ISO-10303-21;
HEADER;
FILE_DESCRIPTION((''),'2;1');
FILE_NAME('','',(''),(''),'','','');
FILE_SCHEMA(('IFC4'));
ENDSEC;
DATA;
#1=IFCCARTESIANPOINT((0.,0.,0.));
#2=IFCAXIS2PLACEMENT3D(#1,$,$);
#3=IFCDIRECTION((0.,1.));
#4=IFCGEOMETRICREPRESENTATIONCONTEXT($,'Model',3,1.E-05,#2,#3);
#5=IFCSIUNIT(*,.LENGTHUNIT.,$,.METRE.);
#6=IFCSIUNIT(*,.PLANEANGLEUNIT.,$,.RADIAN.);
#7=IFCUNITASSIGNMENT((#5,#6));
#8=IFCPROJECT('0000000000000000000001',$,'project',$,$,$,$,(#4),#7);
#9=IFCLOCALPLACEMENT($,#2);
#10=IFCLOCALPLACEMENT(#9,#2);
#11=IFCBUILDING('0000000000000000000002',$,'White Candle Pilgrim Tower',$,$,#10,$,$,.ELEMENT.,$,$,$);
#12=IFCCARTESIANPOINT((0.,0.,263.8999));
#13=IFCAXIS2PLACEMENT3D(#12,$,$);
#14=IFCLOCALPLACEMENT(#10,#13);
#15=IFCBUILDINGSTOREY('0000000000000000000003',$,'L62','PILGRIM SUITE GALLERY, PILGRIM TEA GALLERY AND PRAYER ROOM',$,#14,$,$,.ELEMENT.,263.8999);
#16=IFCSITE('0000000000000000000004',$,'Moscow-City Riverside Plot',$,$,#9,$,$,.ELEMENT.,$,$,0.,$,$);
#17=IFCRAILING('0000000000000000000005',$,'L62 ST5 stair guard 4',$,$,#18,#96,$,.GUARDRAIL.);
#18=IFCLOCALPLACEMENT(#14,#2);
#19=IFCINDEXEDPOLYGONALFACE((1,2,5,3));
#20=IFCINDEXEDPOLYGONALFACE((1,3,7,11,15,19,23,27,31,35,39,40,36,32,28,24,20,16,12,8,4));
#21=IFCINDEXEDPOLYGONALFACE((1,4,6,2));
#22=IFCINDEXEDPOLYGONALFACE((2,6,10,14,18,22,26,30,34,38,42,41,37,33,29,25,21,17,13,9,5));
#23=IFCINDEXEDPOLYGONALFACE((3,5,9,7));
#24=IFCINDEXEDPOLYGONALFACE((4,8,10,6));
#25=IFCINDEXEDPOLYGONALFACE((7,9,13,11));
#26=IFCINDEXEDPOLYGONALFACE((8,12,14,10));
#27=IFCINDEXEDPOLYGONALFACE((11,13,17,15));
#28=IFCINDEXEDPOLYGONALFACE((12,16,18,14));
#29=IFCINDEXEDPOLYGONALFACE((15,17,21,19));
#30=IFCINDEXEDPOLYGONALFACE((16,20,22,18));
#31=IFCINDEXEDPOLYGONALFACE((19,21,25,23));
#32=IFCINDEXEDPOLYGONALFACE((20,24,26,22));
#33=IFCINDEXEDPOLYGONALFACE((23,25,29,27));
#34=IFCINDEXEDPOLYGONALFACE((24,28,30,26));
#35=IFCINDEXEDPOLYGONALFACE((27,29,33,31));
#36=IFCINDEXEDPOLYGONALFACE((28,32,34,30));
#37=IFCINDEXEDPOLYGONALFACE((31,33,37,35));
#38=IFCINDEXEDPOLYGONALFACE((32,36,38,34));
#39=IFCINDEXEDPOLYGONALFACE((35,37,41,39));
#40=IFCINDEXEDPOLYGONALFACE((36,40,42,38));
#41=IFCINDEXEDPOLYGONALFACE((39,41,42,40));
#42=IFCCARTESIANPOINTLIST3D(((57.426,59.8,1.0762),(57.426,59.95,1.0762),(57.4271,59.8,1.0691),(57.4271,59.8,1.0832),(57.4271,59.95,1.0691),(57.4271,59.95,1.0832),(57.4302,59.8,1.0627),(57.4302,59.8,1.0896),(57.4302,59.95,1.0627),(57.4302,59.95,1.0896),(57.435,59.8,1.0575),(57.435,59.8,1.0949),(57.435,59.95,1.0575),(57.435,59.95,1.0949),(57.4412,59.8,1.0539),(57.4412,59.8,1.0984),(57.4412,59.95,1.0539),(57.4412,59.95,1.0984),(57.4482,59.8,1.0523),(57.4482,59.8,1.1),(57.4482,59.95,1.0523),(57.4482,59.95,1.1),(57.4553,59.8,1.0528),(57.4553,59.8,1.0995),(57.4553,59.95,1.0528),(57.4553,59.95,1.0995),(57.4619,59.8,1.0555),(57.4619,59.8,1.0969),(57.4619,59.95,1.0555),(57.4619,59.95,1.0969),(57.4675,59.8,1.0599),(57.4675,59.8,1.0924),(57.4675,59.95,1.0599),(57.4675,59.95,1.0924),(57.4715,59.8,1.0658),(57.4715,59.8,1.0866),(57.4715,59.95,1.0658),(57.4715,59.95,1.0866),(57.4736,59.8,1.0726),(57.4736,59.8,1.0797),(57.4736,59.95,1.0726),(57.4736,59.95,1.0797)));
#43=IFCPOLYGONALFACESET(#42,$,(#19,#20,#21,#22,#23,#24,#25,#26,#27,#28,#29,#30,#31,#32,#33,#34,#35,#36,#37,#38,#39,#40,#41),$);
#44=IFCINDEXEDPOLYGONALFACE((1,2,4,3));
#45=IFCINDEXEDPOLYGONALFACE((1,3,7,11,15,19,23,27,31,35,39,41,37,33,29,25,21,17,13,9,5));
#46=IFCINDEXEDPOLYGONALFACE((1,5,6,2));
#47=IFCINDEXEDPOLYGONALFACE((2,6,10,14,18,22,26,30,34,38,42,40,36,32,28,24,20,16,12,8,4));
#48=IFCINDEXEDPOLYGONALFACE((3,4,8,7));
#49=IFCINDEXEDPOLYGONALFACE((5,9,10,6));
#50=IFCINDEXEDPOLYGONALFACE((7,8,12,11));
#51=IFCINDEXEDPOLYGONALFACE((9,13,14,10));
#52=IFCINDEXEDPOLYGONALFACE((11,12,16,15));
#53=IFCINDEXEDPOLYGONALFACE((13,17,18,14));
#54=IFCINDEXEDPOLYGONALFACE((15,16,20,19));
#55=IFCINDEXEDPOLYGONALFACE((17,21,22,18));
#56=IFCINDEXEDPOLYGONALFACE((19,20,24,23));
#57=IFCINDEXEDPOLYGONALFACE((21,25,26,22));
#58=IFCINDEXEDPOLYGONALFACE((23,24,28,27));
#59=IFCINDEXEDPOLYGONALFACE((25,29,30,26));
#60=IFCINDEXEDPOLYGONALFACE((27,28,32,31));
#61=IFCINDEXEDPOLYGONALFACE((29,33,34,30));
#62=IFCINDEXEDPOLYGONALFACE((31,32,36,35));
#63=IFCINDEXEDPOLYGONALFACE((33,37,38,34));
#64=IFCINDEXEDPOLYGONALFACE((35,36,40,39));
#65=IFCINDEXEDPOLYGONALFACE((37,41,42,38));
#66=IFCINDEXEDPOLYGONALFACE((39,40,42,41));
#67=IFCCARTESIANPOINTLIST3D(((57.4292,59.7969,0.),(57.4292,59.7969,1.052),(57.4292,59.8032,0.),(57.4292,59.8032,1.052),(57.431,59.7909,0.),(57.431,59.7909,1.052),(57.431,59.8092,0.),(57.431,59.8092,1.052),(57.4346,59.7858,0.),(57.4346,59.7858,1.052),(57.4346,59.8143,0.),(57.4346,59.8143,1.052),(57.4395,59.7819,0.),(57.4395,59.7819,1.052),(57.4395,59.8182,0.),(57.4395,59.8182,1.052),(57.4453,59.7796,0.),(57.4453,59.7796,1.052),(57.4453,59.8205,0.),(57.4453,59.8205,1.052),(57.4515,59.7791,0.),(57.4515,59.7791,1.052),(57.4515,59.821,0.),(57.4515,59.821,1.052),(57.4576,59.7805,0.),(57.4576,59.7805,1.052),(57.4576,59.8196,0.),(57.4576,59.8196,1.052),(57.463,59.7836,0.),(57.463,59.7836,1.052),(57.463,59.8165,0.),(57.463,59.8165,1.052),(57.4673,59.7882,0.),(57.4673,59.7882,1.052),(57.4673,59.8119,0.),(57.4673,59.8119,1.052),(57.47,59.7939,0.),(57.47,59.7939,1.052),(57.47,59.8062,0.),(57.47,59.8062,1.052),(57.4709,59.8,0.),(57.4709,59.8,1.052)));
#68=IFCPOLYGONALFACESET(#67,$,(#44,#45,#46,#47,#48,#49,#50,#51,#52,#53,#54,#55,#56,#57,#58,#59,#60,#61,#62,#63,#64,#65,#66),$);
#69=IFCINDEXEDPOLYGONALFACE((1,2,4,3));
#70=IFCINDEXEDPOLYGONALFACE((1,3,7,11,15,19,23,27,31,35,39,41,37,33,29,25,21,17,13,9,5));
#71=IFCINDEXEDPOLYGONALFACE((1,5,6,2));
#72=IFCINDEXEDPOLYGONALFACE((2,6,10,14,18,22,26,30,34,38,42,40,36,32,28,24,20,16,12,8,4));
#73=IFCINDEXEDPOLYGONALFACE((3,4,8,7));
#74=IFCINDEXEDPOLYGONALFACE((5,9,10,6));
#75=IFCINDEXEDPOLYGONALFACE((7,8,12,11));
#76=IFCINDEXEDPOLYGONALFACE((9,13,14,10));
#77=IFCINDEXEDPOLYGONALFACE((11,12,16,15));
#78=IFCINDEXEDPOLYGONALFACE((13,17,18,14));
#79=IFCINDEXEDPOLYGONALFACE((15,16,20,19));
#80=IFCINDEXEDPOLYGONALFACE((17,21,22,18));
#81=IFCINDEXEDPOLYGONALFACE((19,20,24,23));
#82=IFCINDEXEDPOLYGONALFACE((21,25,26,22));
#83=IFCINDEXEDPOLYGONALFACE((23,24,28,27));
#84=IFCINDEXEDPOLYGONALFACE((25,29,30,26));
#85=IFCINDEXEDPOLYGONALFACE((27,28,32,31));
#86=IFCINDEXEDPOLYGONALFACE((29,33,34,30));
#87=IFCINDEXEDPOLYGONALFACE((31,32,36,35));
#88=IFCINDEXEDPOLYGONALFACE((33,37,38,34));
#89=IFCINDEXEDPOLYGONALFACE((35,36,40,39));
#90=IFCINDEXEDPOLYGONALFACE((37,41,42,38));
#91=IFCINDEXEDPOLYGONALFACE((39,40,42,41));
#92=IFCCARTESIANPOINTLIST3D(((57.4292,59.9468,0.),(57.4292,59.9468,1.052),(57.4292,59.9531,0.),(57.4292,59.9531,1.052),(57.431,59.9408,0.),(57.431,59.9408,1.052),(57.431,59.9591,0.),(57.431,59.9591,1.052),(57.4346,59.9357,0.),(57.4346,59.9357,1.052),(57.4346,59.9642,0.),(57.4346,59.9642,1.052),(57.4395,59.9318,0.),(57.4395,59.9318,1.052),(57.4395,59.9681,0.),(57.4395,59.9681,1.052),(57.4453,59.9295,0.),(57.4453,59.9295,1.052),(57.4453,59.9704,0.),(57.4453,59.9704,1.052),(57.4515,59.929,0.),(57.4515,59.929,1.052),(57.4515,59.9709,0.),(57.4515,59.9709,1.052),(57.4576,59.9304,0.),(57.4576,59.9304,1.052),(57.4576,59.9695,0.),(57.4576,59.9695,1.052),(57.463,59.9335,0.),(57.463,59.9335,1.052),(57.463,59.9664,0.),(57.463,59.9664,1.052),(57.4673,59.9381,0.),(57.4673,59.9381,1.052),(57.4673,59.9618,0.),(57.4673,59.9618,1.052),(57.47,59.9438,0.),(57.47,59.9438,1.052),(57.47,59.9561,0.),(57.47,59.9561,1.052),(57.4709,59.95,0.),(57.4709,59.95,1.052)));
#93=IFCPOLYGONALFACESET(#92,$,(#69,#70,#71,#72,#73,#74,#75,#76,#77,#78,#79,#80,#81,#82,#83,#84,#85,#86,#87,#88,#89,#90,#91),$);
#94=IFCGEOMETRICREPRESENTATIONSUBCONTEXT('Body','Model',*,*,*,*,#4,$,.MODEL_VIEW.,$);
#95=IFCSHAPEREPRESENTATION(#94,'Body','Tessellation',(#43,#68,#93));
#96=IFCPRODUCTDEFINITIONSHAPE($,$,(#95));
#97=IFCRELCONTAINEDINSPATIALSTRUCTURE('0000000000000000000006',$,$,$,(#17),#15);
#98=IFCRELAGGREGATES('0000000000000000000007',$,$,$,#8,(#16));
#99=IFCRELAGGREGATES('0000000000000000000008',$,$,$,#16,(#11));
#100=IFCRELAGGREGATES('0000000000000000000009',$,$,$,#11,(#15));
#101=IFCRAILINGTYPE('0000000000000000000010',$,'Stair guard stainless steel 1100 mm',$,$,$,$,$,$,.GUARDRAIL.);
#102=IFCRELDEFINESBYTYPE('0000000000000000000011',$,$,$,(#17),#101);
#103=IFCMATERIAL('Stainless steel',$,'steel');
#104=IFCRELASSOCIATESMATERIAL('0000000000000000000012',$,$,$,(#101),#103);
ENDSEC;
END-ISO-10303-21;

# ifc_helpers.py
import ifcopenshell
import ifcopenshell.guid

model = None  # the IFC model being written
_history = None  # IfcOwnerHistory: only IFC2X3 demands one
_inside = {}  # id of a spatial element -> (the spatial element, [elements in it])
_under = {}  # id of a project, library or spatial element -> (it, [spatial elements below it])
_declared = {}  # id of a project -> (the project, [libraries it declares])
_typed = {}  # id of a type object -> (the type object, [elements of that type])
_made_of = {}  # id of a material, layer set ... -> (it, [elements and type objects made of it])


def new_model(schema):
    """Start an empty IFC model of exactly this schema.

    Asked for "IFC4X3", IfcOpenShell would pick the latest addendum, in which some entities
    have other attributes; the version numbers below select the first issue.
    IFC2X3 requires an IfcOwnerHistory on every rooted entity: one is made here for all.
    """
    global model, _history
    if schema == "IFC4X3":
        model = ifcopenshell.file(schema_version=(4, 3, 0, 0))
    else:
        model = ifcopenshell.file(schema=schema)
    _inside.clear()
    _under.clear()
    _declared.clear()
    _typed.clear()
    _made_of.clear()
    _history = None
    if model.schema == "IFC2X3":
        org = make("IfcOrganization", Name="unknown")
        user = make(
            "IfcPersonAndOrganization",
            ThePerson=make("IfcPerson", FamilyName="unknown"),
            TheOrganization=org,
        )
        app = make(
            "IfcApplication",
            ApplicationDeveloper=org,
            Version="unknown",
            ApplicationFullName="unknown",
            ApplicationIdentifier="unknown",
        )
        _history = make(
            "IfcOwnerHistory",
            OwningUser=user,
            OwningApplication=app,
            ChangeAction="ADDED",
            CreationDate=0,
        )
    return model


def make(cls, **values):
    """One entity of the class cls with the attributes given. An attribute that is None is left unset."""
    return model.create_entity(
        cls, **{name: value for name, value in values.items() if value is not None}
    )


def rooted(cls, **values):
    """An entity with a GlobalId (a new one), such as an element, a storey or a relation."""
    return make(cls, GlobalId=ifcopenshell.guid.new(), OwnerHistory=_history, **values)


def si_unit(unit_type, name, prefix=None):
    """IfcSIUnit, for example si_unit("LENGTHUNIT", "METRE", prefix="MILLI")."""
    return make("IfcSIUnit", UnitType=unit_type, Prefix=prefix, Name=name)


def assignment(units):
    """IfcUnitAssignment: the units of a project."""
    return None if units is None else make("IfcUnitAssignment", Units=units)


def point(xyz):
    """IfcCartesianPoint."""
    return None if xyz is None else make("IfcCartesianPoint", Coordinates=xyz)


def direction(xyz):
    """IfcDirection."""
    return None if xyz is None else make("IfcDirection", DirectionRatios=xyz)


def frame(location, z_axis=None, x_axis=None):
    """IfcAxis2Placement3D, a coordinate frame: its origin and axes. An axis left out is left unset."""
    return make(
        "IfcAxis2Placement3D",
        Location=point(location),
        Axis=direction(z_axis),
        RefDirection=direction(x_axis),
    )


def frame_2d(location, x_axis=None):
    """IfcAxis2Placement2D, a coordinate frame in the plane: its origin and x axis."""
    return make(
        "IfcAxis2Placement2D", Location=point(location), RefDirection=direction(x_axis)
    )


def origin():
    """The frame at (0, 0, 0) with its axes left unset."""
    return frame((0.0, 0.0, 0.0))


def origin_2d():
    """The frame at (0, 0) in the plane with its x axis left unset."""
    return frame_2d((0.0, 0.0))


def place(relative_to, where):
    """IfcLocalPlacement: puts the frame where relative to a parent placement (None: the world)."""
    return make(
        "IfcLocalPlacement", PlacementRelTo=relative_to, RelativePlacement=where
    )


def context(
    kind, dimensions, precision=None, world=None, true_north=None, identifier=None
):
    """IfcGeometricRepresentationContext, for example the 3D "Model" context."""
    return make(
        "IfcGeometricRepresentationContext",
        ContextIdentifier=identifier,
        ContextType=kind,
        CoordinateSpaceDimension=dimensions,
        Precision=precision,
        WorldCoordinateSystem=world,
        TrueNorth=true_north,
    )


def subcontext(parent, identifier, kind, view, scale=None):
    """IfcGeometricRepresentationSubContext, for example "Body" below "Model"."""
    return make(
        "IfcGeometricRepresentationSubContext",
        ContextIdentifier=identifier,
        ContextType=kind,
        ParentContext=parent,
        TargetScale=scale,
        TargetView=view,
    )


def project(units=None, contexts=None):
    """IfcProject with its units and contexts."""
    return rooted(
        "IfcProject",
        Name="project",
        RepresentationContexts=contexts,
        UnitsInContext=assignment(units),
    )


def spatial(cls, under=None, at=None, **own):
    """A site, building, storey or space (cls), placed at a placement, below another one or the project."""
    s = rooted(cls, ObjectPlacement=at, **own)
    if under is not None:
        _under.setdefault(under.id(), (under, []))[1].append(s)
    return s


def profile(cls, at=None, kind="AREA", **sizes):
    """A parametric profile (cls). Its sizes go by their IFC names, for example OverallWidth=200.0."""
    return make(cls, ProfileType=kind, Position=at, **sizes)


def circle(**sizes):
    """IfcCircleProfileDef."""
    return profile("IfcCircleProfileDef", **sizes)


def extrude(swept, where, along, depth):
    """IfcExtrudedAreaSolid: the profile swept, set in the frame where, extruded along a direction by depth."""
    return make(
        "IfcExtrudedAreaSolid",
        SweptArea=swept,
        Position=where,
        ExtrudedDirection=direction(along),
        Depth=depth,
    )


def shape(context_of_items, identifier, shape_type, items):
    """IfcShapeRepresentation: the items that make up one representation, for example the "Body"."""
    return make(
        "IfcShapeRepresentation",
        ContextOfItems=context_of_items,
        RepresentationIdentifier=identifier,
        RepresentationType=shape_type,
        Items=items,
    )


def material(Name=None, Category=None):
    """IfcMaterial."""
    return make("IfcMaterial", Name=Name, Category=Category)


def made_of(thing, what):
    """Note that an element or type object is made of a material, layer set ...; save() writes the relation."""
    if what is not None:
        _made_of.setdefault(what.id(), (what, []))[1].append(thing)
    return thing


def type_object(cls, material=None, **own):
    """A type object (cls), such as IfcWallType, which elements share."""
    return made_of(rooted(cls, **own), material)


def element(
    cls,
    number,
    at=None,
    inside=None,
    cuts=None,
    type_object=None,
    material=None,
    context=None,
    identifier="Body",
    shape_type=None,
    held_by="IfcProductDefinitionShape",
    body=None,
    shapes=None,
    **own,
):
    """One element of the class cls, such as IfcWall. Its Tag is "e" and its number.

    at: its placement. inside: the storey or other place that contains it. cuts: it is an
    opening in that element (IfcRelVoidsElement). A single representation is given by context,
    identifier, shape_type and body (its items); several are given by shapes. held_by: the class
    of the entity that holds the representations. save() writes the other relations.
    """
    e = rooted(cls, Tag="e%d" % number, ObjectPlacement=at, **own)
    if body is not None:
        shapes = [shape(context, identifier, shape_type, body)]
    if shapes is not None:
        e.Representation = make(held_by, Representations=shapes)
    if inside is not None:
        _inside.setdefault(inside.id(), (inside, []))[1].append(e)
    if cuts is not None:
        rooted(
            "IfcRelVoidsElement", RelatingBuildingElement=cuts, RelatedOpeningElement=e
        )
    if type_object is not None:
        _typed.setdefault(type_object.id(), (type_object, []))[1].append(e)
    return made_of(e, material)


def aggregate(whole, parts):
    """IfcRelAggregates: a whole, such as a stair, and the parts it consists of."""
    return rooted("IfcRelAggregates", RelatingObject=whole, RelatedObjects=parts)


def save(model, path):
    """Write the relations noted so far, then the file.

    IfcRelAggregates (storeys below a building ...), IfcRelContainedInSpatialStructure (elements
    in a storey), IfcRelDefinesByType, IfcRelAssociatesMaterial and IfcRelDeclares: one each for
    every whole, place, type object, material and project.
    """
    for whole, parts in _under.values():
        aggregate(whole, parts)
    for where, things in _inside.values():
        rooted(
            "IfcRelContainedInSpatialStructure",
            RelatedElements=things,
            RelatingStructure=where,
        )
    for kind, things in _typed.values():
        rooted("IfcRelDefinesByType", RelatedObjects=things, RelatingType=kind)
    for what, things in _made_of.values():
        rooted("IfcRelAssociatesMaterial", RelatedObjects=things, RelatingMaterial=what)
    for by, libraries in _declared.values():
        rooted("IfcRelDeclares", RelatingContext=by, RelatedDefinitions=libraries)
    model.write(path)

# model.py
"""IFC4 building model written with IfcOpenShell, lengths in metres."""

from ifc_helpers import new_model, si_unit, direction, frame, origin, origin_2d, place, context, subcontext, project, spatial, circle, extrude, material, type_object, element, save


model = new_model("IFC4")

# Units and contexts
model_context = context("Model", 3, precision=1e-05, world=origin(), true_north=direction((0.0, 1.0)))
body_context = subcontext(model_context, "Body", "Model", "MODEL_VIEW")
ifc_project = project(units=[si_unit("LENGTHUNIT", "METRE"), si_unit("PLANEANGLEUNIT", "RADIAN")], contexts=[model_context])

# Site, building, storey
site_placement = place(None, origin())
site = spatial("IfcSite", under=ifc_project, at=site_placement, Name="Moscow-City Riverside Plot", CompositionType="ELEMENT", RefElevation=0.0)
building_placement = place(site_placement, origin())
building = spatial("IfcBuilding", under=site, at=building_placement, Name="White Candle Pilgrim Tower", CompositionType="ELEMENT")
storey_placement = place(building_placement, frame((0.0, 0.0, 263.8999)))
storey = spatial("IfcBuildingStorey", under=building, at=storey_placement, Name="L62", Description="PILGRIM SUITE GALLERY, PILGRIM TEA GALLERY AND PRAYER ROOM", CompositionType="ELEMENT", Elevation=263.8999)

# Railing
ifc_material_1 = material(Name="Stainless steel", Category="steel")
railing_type_1 = type_object("IfcRailingType", Name="Stair guard stainless steel 1100 mm", PredefinedType="GUARDRAIL", material=ifc_material_1)
railing_1_placement = place(storey_placement, frame((57.45, 59.8, 0.0)))
element("IfcRailing", 1, at=railing_1_placement, inside=storey, type_object=railing_type_1, Name="L62 ST5 stair guard 4", PredefinedType="GUARDRAIL", context=body_context, shape_type="SweptSolid", body=[
    extrude(circle(Radius=0.0239, at=origin_2d()), frame((0.0, 0.0, 1.0762), z_axis=(0.0, 1.0, 0.0), x_axis=(-1.0, 0.0, 0.0)), (0.0, 0.0, 1.0), 0.1499),
    extrude(circle(Radius=0.021, at=origin_2d()), origin(), (0.0, 0.0, 1.0), 1.052),
    extrude(circle(Radius=0.021, at=origin_2d()), frame((0.0, 0.1499, 0.0)), (0.0, 0.0, 1.0), 1.052),
])

save(model, "model.ifc")
